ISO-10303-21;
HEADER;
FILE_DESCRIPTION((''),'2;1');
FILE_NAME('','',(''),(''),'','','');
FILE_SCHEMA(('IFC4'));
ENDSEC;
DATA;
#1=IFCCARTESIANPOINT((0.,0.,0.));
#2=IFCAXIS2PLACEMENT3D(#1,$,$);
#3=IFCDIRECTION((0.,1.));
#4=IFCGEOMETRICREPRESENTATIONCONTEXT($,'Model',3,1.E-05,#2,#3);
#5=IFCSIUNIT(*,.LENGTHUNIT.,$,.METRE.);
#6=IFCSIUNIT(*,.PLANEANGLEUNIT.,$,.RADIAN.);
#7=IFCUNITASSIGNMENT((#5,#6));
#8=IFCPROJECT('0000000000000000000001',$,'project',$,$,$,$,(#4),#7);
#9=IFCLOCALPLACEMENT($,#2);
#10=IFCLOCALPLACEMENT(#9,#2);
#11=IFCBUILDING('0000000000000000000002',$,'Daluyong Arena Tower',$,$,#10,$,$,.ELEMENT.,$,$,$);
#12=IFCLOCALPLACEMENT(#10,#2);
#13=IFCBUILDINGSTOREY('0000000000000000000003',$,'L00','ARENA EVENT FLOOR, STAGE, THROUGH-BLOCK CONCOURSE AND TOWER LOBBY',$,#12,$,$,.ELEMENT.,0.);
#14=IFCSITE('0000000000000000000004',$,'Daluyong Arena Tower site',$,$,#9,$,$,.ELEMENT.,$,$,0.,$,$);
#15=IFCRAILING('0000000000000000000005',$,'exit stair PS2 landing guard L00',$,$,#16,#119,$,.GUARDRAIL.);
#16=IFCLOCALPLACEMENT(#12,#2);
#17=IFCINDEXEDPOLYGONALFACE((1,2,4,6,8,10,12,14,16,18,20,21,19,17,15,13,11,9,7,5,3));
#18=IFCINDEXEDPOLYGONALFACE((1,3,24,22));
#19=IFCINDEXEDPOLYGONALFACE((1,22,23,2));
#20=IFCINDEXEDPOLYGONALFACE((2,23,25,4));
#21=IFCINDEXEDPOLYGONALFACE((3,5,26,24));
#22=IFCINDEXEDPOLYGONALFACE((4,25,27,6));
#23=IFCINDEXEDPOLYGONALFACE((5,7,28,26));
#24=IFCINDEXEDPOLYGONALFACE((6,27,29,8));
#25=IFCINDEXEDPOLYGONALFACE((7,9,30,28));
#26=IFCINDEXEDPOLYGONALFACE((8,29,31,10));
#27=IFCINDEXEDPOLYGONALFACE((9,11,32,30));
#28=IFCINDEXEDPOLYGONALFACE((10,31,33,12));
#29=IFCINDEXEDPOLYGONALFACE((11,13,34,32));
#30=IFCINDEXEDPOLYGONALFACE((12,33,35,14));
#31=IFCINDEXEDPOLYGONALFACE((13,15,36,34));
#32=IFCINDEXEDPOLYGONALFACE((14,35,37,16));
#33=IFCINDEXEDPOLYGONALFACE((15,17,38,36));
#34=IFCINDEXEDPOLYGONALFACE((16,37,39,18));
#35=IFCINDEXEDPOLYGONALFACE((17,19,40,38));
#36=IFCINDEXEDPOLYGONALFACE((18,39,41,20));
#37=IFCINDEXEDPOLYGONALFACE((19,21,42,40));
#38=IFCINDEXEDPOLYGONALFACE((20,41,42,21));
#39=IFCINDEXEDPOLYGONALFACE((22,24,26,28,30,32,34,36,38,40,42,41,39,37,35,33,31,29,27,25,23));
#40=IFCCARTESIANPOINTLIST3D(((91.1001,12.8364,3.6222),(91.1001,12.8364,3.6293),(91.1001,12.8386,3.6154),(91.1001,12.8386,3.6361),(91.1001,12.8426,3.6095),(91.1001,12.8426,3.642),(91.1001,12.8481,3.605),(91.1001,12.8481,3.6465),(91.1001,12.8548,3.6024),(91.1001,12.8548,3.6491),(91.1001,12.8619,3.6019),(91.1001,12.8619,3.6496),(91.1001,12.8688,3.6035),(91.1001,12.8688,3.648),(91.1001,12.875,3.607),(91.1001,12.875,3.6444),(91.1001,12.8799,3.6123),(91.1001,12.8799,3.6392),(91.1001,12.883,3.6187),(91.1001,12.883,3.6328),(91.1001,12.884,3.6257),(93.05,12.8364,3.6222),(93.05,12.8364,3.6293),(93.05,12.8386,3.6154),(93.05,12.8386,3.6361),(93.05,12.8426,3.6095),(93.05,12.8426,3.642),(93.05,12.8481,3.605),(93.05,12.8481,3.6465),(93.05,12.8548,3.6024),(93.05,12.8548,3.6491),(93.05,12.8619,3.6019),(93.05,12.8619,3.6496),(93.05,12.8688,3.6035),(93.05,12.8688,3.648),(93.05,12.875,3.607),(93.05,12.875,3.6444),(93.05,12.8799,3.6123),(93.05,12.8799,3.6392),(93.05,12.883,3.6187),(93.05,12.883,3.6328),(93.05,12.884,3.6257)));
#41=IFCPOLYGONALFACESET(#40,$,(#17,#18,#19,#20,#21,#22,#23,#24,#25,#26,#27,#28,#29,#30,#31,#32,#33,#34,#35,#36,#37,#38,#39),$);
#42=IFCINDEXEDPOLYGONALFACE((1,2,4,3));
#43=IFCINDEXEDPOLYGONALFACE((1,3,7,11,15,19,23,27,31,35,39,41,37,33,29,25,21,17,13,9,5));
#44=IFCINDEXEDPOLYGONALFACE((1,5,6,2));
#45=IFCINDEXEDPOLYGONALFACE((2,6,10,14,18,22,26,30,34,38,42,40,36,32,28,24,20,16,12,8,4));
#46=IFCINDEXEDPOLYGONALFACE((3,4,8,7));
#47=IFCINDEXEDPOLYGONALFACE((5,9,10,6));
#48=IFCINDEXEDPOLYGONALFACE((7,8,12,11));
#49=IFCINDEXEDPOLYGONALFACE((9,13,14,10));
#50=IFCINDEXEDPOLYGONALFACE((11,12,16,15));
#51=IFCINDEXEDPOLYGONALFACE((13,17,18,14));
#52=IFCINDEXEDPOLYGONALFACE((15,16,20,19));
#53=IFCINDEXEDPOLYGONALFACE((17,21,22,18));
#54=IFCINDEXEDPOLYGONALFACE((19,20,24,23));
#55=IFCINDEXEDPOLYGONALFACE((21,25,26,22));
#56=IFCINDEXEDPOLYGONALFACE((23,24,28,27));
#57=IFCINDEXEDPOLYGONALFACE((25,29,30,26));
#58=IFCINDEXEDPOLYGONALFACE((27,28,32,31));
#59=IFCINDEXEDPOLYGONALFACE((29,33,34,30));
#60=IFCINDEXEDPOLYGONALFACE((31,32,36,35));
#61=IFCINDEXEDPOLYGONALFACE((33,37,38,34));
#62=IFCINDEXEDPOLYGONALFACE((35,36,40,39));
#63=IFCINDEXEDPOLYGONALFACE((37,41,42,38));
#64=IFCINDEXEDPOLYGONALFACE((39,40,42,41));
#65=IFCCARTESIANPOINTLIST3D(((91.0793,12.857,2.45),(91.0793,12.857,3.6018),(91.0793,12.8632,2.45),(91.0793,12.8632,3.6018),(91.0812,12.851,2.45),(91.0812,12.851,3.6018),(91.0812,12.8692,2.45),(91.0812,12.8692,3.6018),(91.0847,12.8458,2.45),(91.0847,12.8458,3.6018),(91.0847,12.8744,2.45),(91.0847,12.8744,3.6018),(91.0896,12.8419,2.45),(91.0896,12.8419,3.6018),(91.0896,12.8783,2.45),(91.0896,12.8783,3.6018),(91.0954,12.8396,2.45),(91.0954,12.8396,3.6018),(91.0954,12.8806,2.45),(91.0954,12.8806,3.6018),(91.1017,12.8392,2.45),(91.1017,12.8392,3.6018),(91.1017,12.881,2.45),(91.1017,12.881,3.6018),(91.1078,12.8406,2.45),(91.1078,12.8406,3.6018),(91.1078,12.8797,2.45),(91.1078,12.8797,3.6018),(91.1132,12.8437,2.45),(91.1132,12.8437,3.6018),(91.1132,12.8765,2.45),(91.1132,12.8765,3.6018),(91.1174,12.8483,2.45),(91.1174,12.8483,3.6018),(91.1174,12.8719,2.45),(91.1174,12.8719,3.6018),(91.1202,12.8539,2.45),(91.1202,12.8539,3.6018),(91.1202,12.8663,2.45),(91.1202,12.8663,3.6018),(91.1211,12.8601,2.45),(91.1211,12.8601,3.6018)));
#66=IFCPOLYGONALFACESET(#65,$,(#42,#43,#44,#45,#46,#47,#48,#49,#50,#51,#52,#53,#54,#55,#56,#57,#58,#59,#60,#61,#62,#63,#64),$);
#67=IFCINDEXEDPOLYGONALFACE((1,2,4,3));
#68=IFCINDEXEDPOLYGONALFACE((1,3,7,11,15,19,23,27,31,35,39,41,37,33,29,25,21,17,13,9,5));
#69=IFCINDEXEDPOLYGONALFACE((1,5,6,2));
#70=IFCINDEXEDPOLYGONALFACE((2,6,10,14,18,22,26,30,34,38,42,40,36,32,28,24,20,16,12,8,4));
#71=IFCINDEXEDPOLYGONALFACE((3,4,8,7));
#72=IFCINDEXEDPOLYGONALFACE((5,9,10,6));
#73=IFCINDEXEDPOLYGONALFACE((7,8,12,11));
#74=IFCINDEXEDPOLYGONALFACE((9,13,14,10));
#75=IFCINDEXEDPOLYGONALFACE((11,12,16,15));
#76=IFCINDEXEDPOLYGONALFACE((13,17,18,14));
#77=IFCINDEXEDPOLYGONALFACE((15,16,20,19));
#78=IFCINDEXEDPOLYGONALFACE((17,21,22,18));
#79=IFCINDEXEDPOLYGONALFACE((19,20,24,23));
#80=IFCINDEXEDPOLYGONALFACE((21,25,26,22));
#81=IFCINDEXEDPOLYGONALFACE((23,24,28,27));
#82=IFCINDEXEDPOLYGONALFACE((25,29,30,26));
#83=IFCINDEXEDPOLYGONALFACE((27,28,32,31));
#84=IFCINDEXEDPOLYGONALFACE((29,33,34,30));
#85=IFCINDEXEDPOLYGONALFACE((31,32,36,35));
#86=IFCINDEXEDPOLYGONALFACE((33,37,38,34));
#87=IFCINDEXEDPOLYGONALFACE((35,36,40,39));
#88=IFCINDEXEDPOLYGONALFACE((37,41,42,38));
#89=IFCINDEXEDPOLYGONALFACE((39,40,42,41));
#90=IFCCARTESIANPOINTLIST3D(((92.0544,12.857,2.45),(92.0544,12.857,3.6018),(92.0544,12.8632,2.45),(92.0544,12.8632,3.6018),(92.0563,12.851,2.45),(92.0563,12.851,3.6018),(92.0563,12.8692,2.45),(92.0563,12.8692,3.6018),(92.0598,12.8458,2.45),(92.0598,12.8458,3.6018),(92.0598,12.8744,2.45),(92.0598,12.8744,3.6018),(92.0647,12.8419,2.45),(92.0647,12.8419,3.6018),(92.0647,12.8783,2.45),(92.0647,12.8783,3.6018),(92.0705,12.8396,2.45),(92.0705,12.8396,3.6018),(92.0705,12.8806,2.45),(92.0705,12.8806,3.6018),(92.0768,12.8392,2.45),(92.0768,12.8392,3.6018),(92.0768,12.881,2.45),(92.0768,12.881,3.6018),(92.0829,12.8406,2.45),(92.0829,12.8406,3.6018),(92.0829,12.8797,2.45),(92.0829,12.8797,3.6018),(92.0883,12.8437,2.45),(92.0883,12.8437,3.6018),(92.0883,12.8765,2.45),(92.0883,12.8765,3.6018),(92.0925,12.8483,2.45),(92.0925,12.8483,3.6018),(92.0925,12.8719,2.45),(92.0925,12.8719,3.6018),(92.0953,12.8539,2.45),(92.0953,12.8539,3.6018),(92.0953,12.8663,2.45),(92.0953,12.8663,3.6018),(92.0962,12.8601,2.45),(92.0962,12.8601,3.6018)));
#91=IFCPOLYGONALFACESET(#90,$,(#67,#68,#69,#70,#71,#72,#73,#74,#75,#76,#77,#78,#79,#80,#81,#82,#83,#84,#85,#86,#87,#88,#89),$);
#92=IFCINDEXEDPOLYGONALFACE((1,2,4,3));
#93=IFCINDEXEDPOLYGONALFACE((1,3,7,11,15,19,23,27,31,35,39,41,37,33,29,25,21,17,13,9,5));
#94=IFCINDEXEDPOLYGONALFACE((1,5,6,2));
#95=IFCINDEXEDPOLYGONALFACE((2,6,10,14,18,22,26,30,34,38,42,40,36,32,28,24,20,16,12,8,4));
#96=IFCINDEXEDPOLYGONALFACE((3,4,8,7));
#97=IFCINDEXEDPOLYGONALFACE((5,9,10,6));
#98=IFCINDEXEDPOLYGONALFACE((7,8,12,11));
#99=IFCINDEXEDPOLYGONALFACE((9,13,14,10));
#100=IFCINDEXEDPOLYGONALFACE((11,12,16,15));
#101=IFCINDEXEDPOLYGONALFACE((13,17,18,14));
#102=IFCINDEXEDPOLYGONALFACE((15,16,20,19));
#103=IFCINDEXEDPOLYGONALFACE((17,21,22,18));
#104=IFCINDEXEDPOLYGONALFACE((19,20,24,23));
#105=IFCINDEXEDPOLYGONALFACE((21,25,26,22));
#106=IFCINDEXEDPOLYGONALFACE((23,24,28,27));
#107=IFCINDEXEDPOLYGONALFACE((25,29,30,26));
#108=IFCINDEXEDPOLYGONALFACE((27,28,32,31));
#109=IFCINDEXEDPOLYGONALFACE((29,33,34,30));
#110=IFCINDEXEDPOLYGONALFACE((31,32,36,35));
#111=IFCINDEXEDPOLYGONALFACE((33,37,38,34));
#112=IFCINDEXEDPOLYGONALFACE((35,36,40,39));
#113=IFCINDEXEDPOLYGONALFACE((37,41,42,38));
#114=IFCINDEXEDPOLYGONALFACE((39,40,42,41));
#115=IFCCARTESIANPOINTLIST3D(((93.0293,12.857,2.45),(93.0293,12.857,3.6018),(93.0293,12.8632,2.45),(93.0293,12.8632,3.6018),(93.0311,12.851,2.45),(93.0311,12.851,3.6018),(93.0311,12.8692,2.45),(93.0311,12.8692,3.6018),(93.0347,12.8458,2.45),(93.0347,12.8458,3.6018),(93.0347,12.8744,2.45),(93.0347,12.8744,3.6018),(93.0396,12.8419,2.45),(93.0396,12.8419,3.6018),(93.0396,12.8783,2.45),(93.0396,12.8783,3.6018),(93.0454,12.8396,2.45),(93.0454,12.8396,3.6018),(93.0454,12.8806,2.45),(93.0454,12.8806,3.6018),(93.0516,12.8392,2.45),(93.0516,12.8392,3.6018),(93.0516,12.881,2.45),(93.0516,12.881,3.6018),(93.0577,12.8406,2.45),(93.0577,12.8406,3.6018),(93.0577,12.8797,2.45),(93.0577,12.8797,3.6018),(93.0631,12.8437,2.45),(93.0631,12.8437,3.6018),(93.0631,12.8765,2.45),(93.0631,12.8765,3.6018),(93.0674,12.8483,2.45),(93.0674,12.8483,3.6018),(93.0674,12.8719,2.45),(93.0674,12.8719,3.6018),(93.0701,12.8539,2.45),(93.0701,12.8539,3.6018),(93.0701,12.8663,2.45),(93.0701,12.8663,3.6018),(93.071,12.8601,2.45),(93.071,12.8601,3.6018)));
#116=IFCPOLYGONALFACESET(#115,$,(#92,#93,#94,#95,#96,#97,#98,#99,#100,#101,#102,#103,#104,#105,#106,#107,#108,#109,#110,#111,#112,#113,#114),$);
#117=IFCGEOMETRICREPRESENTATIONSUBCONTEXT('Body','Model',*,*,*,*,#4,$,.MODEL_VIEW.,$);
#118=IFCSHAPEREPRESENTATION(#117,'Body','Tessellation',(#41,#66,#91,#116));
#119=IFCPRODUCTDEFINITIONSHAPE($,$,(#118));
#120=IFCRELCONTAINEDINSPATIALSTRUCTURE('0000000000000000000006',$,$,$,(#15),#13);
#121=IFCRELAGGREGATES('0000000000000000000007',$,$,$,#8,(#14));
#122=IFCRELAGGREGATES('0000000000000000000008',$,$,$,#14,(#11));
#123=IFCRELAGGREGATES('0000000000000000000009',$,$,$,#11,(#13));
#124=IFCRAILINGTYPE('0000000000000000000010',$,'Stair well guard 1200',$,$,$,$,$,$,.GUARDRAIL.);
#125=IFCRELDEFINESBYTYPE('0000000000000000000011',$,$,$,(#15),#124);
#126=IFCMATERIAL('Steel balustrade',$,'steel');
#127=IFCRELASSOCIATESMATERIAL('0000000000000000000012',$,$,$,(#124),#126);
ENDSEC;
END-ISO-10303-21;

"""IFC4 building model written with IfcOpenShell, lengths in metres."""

from ifc_helpers import new_model, si_unit, direction, frame, origin, origin_2d, place, context, subcontext, project, spatial, circle, extrude, material, type_object, element, save


model = new_model("IFC4")

# Units and contexts
model_context = context("Model", 3, precision=1e-05, world=origin(), true_north=direction((0.0, 1.0)))
body_context = subcontext(model_context, "Body", "Model", "MODEL_VIEW")
ifc_project = project(units=[si_unit("LENGTHUNIT", "METRE"), si_unit("PLANEANGLEUNIT", "RADIAN")], contexts=[model_context])

# Site, building, storey
site_placement = place(None, origin())
site = spatial("IfcSite", under=ifc_project, at=site_placement, Name="Daluyong Arena Tower site", CompositionType="ELEMENT", RefElevation=0.0)
building_placement = place(site_placement, origin())
building = spatial("IfcBuilding", under=site, at=building_placement, Name="Daluyong Arena Tower", CompositionType="ELEMENT")
storey_placement = place(building_placement, origin())
storey = spatial("IfcBuildingStorey", under=building, at=storey_placement, Name="L00", Description="ARENA EVENT FLOOR, STAGE, THROUGH-BLOCK CONCOURSE AND TOWER LOBBY", CompositionType="ELEMENT", Elevation=0.0)

# Railing
ifc_material_1 = material(Name="Steel balustrade", Category="steel")
railing_type_1 = type_object("IfcRailingType", Name="Stair well guard 1200", PredefinedType="GUARDRAIL", material=ifc_material_1)
railing_1_placement = place(storey_placement, frame((91.1001, 12.8601, 2.45)))
element("IfcRailing", 1, at=railing_1_placement, inside=storey, type_object=railing_type_1, Name="exit stair PS2 landing guard L00", PredefinedType="GUARDRAIL", context=body_context, shape_type="SweptSolid", body=[
    extrude(circle(Radius=0.0239, at=origin_2d()), frame((0.0, 0.0, 1.1758), z_axis=(1.0, 0.0, 0.0), x_axis=(0.0, 1.0, 0.0)), (0.0, 0.0, 1.0), 1.95),
    extrude(circle(Radius=0.021, at=origin_2d()), origin(), (0.0, 0.0, 1.0), 1.1519),
    extrude(circle(Radius=0.021, at=origin_2d()), frame((0.9751, 0.0, 0.0)), (0.0, 0.0, 1.0), 1.1519),
    extrude(circle(Radius=0.021, at=origin_2d()), frame((1.95, 0.0, 0.0)), (0.0, 0.0, 1.0), 1.1519),
])

save(model, "model.ifc")
